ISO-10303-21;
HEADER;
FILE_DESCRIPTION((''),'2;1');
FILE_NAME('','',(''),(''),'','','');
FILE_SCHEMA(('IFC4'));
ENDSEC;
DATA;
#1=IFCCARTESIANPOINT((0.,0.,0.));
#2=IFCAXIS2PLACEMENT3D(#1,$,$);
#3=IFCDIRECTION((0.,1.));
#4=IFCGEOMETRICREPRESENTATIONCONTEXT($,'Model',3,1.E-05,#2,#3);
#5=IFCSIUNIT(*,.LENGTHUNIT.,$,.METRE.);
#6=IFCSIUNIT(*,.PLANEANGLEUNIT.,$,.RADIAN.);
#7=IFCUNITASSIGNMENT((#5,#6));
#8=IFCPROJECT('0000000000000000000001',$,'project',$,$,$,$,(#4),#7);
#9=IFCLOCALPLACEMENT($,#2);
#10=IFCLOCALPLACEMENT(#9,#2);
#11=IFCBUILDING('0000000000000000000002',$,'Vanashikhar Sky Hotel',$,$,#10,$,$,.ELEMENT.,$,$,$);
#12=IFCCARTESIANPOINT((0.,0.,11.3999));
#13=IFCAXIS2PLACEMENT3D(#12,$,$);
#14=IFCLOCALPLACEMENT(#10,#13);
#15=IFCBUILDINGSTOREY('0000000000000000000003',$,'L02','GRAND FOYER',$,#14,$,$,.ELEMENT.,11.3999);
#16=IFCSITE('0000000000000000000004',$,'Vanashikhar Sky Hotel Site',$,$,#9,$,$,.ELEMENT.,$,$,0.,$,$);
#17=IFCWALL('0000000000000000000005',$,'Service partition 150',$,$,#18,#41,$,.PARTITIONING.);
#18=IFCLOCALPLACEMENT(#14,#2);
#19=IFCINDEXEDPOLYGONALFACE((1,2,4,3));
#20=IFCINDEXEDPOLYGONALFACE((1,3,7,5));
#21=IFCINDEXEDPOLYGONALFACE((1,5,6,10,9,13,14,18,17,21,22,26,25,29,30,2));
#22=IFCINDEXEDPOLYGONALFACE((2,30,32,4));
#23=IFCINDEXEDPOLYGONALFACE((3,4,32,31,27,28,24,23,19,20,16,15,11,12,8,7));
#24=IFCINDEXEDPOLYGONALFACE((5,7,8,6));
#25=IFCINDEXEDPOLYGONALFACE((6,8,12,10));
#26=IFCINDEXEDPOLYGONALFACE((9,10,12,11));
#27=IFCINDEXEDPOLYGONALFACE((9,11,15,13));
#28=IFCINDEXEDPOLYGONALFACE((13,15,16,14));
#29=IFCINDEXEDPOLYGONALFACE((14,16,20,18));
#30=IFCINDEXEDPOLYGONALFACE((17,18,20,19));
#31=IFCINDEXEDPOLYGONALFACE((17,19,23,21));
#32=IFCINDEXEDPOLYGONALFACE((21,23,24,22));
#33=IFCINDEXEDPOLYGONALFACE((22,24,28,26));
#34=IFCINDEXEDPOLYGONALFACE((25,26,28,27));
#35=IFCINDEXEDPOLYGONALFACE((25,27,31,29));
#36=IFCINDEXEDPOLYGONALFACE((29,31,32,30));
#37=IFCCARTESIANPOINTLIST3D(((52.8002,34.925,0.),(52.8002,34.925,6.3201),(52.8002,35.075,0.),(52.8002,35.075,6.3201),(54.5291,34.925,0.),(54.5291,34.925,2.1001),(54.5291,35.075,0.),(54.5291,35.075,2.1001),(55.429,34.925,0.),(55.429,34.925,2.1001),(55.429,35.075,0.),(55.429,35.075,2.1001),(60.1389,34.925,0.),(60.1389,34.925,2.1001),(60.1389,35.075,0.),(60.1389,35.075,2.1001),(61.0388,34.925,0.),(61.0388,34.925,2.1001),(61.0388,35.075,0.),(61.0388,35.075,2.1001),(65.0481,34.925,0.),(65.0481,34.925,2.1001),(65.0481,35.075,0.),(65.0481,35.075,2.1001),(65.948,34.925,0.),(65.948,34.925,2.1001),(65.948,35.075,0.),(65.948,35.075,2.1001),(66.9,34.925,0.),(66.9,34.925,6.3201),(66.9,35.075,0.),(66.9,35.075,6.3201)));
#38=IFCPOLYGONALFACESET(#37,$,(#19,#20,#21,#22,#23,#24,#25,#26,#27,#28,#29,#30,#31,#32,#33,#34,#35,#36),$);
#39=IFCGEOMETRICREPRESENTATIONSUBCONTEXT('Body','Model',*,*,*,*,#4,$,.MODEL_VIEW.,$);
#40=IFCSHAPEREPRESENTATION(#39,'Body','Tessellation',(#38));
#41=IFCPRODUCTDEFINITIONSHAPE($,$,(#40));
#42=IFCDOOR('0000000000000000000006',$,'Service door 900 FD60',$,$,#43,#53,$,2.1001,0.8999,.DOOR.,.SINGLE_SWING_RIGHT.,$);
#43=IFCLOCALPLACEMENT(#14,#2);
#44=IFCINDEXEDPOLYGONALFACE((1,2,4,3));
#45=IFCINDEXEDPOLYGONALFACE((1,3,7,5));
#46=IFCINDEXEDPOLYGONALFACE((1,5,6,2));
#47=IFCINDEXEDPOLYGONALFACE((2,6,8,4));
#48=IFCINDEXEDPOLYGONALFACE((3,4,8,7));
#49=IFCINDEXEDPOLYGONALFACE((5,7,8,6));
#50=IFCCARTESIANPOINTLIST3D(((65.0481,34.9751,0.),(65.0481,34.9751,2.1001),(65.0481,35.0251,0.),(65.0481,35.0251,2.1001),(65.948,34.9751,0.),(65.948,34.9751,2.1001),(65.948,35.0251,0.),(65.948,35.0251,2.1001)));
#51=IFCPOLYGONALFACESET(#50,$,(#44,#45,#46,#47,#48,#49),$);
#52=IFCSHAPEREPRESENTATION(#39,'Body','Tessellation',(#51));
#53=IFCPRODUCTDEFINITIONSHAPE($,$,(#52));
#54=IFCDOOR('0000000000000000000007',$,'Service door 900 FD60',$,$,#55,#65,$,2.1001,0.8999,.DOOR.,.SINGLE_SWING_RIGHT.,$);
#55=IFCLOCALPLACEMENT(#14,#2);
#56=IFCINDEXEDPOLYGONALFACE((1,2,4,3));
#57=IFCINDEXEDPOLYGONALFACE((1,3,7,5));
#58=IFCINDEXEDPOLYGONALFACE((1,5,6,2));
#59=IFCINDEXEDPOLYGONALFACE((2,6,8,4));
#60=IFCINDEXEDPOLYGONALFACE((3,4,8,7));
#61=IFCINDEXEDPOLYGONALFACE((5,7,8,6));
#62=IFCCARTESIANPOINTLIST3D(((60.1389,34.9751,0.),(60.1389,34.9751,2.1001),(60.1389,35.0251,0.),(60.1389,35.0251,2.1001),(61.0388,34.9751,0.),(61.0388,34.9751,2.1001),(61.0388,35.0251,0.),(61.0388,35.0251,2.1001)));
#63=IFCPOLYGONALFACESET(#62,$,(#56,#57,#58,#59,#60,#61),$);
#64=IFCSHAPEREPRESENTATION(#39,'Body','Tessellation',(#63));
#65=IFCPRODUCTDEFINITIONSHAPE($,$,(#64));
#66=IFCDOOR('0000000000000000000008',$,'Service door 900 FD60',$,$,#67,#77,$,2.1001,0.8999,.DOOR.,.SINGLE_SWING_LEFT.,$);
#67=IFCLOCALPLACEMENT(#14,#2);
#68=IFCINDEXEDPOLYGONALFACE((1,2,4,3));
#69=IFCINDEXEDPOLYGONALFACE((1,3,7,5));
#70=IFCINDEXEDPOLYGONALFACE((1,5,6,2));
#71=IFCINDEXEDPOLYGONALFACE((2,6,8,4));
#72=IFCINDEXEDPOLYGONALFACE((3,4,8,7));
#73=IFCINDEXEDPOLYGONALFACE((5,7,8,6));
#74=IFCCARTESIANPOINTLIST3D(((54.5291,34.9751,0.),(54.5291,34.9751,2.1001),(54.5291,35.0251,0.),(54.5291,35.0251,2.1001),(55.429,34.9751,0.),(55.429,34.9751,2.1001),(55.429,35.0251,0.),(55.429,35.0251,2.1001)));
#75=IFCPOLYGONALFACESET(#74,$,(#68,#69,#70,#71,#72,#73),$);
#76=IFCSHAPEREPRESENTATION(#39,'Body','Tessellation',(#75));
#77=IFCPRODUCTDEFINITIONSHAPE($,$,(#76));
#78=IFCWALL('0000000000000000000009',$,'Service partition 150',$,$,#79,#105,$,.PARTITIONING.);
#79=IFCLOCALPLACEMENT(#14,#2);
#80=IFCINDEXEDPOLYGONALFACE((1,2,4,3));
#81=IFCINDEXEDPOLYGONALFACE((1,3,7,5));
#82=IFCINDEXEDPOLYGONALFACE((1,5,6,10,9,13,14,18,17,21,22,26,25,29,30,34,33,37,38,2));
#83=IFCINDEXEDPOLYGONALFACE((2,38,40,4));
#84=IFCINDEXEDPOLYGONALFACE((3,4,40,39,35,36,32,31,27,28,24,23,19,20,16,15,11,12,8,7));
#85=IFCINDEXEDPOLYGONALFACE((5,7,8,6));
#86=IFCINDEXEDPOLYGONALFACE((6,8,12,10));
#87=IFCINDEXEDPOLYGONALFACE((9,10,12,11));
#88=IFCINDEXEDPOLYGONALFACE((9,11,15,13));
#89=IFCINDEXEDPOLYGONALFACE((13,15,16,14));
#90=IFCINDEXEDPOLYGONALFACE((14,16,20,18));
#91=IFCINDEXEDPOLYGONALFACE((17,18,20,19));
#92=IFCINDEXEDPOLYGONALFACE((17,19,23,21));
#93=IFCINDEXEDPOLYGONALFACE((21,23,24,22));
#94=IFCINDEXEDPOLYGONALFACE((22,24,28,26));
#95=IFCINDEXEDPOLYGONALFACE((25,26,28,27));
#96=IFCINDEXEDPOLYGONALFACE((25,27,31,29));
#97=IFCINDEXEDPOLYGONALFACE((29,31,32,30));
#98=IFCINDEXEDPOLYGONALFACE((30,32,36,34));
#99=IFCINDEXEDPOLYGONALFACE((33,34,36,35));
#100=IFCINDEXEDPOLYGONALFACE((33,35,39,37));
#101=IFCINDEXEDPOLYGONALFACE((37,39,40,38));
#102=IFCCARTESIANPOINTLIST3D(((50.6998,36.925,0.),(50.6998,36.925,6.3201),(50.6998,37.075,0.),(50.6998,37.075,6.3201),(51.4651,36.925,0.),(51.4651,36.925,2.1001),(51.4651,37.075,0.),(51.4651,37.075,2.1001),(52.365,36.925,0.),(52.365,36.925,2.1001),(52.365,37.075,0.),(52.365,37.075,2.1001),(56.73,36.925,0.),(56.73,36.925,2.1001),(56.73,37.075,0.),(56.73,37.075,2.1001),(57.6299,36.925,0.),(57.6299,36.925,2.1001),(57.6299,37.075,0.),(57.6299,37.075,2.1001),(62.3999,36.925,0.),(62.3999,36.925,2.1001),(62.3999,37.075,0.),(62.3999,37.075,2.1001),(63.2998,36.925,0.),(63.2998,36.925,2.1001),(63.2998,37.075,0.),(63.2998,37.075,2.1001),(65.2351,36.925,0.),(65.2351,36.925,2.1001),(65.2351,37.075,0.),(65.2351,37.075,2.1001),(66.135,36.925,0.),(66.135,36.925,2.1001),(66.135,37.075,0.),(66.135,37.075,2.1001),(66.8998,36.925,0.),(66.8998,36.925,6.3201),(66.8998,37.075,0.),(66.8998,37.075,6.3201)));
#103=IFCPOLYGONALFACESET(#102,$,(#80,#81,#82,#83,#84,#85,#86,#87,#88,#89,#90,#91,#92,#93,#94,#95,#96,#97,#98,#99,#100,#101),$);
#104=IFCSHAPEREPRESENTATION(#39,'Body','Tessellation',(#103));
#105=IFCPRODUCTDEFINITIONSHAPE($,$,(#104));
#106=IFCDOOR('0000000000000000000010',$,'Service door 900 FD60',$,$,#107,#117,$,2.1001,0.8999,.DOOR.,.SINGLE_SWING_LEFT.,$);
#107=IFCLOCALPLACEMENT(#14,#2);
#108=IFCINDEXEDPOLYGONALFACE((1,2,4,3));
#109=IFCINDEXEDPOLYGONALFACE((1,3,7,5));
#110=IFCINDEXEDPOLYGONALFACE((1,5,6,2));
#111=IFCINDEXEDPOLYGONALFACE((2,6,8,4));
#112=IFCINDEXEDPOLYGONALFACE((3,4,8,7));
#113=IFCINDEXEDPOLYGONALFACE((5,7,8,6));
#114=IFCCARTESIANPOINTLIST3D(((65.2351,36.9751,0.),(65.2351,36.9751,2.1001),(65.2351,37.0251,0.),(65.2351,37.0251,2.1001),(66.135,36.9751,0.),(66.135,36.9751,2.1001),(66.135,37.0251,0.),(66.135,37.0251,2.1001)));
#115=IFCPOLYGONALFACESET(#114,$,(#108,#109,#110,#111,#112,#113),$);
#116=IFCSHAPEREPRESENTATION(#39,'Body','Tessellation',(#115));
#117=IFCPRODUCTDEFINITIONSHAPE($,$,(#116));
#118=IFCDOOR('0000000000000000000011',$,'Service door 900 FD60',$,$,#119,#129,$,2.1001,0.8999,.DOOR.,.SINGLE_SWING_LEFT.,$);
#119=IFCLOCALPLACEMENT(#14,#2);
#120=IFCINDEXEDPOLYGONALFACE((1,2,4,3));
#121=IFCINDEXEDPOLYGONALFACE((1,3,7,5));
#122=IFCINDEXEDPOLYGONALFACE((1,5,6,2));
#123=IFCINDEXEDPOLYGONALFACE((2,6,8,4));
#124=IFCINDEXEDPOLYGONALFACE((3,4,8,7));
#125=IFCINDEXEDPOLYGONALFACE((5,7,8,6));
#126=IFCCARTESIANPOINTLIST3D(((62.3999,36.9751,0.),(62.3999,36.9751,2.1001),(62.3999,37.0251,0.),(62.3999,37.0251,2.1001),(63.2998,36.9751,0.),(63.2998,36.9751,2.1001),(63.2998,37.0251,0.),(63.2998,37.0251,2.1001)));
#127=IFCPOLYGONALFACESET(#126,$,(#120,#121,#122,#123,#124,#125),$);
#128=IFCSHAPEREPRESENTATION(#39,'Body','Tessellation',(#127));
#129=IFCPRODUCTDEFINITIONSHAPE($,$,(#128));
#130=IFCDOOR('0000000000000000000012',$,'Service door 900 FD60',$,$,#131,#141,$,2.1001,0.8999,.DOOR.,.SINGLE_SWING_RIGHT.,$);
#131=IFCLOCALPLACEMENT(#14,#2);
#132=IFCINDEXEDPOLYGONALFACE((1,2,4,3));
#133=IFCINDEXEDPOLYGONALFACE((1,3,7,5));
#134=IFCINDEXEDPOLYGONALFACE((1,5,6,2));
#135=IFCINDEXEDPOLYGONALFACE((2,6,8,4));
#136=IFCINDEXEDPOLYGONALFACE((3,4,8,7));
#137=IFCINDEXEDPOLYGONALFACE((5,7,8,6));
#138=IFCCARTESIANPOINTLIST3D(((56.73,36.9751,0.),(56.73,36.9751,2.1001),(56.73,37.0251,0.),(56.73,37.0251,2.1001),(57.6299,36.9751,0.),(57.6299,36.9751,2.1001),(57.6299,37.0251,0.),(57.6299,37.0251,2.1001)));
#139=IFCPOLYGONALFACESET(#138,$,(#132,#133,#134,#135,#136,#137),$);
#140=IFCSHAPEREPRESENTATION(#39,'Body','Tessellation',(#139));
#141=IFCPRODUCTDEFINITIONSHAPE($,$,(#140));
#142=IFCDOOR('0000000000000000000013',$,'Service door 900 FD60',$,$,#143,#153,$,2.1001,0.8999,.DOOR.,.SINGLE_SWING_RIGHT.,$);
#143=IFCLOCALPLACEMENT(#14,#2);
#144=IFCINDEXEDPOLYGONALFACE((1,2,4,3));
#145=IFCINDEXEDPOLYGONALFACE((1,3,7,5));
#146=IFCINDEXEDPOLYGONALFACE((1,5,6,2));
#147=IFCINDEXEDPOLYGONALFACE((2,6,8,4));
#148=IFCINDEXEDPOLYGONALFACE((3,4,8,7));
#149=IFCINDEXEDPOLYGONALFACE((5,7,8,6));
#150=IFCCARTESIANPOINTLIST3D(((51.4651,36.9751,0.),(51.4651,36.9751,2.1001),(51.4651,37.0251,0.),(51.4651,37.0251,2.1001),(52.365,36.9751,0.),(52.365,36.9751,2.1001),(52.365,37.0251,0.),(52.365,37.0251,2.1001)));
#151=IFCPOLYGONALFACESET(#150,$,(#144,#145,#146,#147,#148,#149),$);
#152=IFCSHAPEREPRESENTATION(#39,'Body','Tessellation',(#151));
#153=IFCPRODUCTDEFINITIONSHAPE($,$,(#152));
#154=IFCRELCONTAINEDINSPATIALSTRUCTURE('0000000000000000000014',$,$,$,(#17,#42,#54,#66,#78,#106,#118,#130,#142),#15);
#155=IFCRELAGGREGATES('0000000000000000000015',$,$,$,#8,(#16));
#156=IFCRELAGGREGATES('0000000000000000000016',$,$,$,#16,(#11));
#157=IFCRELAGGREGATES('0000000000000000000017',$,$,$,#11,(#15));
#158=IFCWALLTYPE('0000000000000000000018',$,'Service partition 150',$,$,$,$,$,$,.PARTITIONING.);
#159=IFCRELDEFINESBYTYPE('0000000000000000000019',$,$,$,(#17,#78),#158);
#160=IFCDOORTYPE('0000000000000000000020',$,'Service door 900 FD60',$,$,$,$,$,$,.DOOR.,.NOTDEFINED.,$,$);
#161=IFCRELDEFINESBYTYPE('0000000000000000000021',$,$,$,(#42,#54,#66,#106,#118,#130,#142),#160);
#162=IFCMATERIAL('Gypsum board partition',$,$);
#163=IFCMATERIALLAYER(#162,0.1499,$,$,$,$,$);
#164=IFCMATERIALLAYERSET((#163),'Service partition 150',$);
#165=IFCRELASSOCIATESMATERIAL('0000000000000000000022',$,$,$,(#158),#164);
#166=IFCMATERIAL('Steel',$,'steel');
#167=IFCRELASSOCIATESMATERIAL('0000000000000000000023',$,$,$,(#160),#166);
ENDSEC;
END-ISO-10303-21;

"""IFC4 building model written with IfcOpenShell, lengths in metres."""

from ifc_helpers import new_model, si_unit, direction, frame, frame_2d, origin, place, context, subcontext, project, spatial, rectangle, extrude, source, transform, mapped, material, layer, layer_set, type_object, element, fill, save


model = new_model("IFC4")

# Units and contexts
model_context = context("Model", 3, precision=1e-05, world=origin(), true_north=direction((0.0, 1.0)))
body_context = subcontext(model_context, "Body", "Model", "MODEL_VIEW")
ifc_project = project(units=[si_unit("LENGTHUNIT", "METRE"), si_unit("PLANEANGLEUNIT", "RADIAN")], contexts=[model_context])

# Site, building, storey
site_placement = place(None, origin())
site = spatial("IfcSite", under=ifc_project, at=site_placement, Name="Vanashikhar Sky Hotel Site", CompositionType="ELEMENT", RefElevation=0.0)
building_placement = place(site_placement, origin())
building = spatial("IfcBuilding", under=site, at=building_placement, Name="Vanashikhar Sky Hotel", CompositionType="ELEMENT")
storey_placement = place(building_placement, frame((0.0, 0.0, 11.3999)))
storey = spatial("IfcBuildingStorey", under=building, at=storey_placement, Name="L02", Description="GRAND FOYER", CompositionType="ELEMENT", Elevation=11.3999)

# Shared definitions
ifc_material_1 = material(Name="Gypsum board partition")
ifc_layer_1 = layer(ifc_material_1, 0.1499)
ifc_layer_set_1 = layer_set([ifc_layer_1], Name="Service partition 150")
wall_type_1 = type_object("IfcWallType", Name="Service partition 150", PredefinedType="PARTITIONING", material=ifc_layer_set_1)

# Walls, openings, doors
shared_shape_1 = source(origin(), body_context, "Body", "SweptSolid", [
    extrude(rectangle(XDim=14.0999, YDim=0.1499, at=frame_2d((7.0498, 0.0))), origin(), (0.0, 0.0, 1.0), 6.3201),
])
wall_1_placement = place(storey_placement, frame((66.8999, 35.0, 0.0), z_axis=(0.0, 0.0, 1.0), x_axis=(-1.0, 0.0, 0.0)))
wall_1 = element("IfcWall", 1, at=wall_1_placement, inside=storey, type_object=wall_type_1, Name="Service partition 150", PredefinedType="PARTITIONING", context=body_context, shape_type="MappedRepresentation", body=[
    mapped(shared_shape_1, transform((0.0, 0.0, 0.0), scale=1.0)),
])
shared_shape_2 = source(origin(), body_context, "Body", "SweptSolid", [
    extrude(rectangle(XDim=0.8999, YDim=2.1001, at=frame_2d((0.45, 1.05))), frame((0.0, 0.085, 0.0), z_axis=(0.0, -1.0, 0.0), x_axis=(1.0, 0.0, 0.0)), (0.0, 0.0, 1.0), 0.1699),
])
opening_1_placement = place(wall_1_placement, frame((0.9519, 0.0, 0.0)))
opening_1 = element("IfcOpeningElement", 2, at=opening_1_placement, cuts=wall_1, PredefinedType="OPENING", context=body_context, shape_type="MappedRepresentation", body=[
    mapped(shared_shape_2, transform((0.0, 0.0, 0.0), scale=1.0)),
])
opening_2_placement = place(wall_1_placement, frame((5.8611, 0.0, 0.0)))
opening_2 = element("IfcOpeningElement", 3, at=opening_2_placement, cuts=wall_1, PredefinedType="OPENING", context=body_context, shape_type="MappedRepresentation", body=[
    mapped(shared_shape_2, transform((0.0, 0.0, 0.0), scale=1.0)),
])
opening_3_placement = place(wall_1_placement, frame((11.4709, 0.0, 0.0)))
opening_3 = element("IfcOpeningElement", 4, at=opening_3_placement, cuts=wall_1, PredefinedType="OPENING", context=body_context, shape_type="MappedRepresentation", body=[
    mapped(shared_shape_2, transform((0.0, 0.0, 0.0), scale=1.0)),
])
ifc_material_2 = material(Name="Steel", Category="steel")
door_type = type_object("IfcDoorType", Name="Service door 900 FD60", OperationType="NOTDEFINED", PredefinedType="DOOR", material=ifc_material_2)
shared_shape_3 = source(origin(), body_context, "Body", "SweptSolid", [
    extrude(rectangle(XDim=0.8999, YDim=2.1001, at=frame_2d((0.45, 1.05))), frame((0.0, 0.0249, 0.0), z_axis=(0.0, -1.0, 0.0), x_axis=(1.0, 0.0, 0.0)), (0.0, 0.0, 1.0), 0.05),
])
door_1_placement = place(opening_1_placement, origin())
door_1 = element("IfcDoor", 5, at=door_1_placement, inside=storey, type_object=door_type, Name="Service door 900 FD60", OperationType="SINGLE_SWING_RIGHT", OverallHeight=2.1001, OverallWidth=0.8999, PredefinedType="DOOR", context=body_context, shape_type="MappedRepresentation", body=[
    mapped(shared_shape_3, transform((0.0, 0.0, 0.0), scale=1.0)),
])
fill(opening_1, door_1)
door_2_placement = place(opening_2_placement, origin())
door_2 = element("IfcDoor", 6, at=door_2_placement, inside=storey, type_object=door_type, Name="Service door 900 FD60", OperationType="SINGLE_SWING_RIGHT", OverallHeight=2.1001, OverallWidth=0.8999, PredefinedType="DOOR", context=body_context, shape_type="MappedRepresentation", body=[
    mapped(shared_shape_3, transform((0.0, 0.0, 0.0), scale=1.0)),
])
fill(opening_2, door_2)
door_3_placement = place(opening_3_placement, origin())
door_3 = element("IfcDoor", 7, at=door_3_placement, inside=storey, type_object=door_type, Name="Service door 900 FD60", OperationType="SINGLE_SWING_LEFT", OverallHeight=2.1001, OverallWidth=0.8999, PredefinedType="DOOR", context=body_context, shape_type="MappedRepresentation", body=[
    mapped(shared_shape_3, transform((0.0, 0.0, 0.0), scale=1.0)),
])
fill(opening_3, door_3)
shared_shape_4 = source(origin(), body_context, "Body", "SweptSolid", [
    extrude(rectangle(XDim=16.2, YDim=0.1499, at=frame_2d((8.1001, 0.0))), origin(), (0.0, 0.0, 1.0), 6.3201),
])
wall_2_placement = place(storey_placement, frame((66.8999, 37.0, 0.0), z_axis=(0.0, 0.0, 1.0), x_axis=(-1.0, 0.0, 0.0)))
wall_2 = element("IfcWall", 8, at=wall_2_placement, inside=storey, type_object=wall_type_1, Name="Service partition 150", PredefinedType="PARTITIONING", context=body_context, shape_type="MappedRepresentation", body=[
    mapped(shared_shape_4, transform((0.0, 0.0, 0.0), scale=1.0)),
])
opening_4_placement = place(wall_2_placement, frame((0.7649, 0.0, 0.0)))
opening_4 = element("IfcOpeningElement", 9, at=opening_4_placement, cuts=wall_2, PredefinedType="OPENING", context=body_context, shape_type="MappedRepresentation", body=[
    mapped(shared_shape_2, transform((0.0, 0.0, 0.0), scale=1.0)),
])
opening_5_placement = place(wall_2_placement, frame((3.6001, 0.0, 0.0)))
opening_5 = element("IfcOpeningElement", 10, at=opening_5_placement, cuts=wall_2, PredefinedType="OPENING", context=body_context, shape_type="MappedRepresentation", body=[
    mapped(shared_shape_2, transform((0.0, 0.0, 0.0), scale=1.0)),
])
opening_6_placement = place(wall_2_placement, frame((9.27, 0.0, 0.0)))
opening_6 = element("IfcOpeningElement", 11, at=opening_6_placement, cuts=wall_2, PredefinedType="OPENING", context=body_context, shape_type="MappedRepresentation", body=[
    mapped(shared_shape_2, transform((0.0, 0.0, 0.0), scale=1.0)),
])
opening_7_placement = place(wall_2_placement, frame((14.5349, 0.0, 0.0)))
opening_7 = element("IfcOpeningElement", 12, at=opening_7_placement, cuts=wall_2, PredefinedType="OPENING", context=body_context, shape_type="MappedRepresentation", body=[
    mapped(shared_shape_2, transform((0.0, 0.0, 0.0), scale=1.0)),
])
door_4_placement = place(opening_4_placement, origin())
door_4 = element("IfcDoor", 13, at=door_4_placement, inside=storey, type_object=door_type, Name="Service door 900 FD60", OperationType="SINGLE_SWING_LEFT", OverallHeight=2.1001, OverallWidth=0.8999, PredefinedType="DOOR", context=body_context, shape_type="MappedRepresentation", body=[
    mapped(shared_shape_3, transform((0.0, 0.0, 0.0), scale=1.0)),
])
fill(opening_4, door_4)
door_5_placement = place(opening_5_placement, origin())
door_5 = element("IfcDoor", 14, at=door_5_placement, inside=storey, type_object=door_type, Name="Service door 900 FD60", OperationType="SINGLE_SWING_LEFT", OverallHeight=2.1001, OverallWidth=0.8999, PredefinedType="DOOR", context=body_context, shape_type="MappedRepresentation", body=[
    mapped(shared_shape_3, transform((0.0, 0.0, 0.0), scale=1.0)),
])
fill(opening_5, door_5)
door_6_placement = place(opening_6_placement, origin())
door_6 = element("IfcDoor", 15, at=door_6_placement, inside=storey, type_object=door_type, Name="Service door 900 FD60", OperationType="SINGLE_SWING_RIGHT", OverallHeight=2.1001, OverallWidth=0.8999, PredefinedType="DOOR", context=body_context, shape_type="MappedRepresentation", body=[
    mapped(shared_shape_3, transform((0.0, 0.0, 0.0), scale=1.0)),
])
fill(opening_6, door_6)
door_7_placement = place(opening_7_placement, origin())
door_7 = element("IfcDoor", 16, at=door_7_placement, inside=storey, type_object=door_type, Name="Service door 900 FD60", OperationType="SINGLE_SWING_RIGHT", OverallHeight=2.1001, OverallWidth=0.8999, PredefinedType="DOOR", context=body_context, shape_type="MappedRepresentation", body=[
    mapped(shared_shape_3, transform((0.0, 0.0, 0.0), scale=1.0)),
])
fill(opening_7, door_7)

save(model, "model.ifc")
